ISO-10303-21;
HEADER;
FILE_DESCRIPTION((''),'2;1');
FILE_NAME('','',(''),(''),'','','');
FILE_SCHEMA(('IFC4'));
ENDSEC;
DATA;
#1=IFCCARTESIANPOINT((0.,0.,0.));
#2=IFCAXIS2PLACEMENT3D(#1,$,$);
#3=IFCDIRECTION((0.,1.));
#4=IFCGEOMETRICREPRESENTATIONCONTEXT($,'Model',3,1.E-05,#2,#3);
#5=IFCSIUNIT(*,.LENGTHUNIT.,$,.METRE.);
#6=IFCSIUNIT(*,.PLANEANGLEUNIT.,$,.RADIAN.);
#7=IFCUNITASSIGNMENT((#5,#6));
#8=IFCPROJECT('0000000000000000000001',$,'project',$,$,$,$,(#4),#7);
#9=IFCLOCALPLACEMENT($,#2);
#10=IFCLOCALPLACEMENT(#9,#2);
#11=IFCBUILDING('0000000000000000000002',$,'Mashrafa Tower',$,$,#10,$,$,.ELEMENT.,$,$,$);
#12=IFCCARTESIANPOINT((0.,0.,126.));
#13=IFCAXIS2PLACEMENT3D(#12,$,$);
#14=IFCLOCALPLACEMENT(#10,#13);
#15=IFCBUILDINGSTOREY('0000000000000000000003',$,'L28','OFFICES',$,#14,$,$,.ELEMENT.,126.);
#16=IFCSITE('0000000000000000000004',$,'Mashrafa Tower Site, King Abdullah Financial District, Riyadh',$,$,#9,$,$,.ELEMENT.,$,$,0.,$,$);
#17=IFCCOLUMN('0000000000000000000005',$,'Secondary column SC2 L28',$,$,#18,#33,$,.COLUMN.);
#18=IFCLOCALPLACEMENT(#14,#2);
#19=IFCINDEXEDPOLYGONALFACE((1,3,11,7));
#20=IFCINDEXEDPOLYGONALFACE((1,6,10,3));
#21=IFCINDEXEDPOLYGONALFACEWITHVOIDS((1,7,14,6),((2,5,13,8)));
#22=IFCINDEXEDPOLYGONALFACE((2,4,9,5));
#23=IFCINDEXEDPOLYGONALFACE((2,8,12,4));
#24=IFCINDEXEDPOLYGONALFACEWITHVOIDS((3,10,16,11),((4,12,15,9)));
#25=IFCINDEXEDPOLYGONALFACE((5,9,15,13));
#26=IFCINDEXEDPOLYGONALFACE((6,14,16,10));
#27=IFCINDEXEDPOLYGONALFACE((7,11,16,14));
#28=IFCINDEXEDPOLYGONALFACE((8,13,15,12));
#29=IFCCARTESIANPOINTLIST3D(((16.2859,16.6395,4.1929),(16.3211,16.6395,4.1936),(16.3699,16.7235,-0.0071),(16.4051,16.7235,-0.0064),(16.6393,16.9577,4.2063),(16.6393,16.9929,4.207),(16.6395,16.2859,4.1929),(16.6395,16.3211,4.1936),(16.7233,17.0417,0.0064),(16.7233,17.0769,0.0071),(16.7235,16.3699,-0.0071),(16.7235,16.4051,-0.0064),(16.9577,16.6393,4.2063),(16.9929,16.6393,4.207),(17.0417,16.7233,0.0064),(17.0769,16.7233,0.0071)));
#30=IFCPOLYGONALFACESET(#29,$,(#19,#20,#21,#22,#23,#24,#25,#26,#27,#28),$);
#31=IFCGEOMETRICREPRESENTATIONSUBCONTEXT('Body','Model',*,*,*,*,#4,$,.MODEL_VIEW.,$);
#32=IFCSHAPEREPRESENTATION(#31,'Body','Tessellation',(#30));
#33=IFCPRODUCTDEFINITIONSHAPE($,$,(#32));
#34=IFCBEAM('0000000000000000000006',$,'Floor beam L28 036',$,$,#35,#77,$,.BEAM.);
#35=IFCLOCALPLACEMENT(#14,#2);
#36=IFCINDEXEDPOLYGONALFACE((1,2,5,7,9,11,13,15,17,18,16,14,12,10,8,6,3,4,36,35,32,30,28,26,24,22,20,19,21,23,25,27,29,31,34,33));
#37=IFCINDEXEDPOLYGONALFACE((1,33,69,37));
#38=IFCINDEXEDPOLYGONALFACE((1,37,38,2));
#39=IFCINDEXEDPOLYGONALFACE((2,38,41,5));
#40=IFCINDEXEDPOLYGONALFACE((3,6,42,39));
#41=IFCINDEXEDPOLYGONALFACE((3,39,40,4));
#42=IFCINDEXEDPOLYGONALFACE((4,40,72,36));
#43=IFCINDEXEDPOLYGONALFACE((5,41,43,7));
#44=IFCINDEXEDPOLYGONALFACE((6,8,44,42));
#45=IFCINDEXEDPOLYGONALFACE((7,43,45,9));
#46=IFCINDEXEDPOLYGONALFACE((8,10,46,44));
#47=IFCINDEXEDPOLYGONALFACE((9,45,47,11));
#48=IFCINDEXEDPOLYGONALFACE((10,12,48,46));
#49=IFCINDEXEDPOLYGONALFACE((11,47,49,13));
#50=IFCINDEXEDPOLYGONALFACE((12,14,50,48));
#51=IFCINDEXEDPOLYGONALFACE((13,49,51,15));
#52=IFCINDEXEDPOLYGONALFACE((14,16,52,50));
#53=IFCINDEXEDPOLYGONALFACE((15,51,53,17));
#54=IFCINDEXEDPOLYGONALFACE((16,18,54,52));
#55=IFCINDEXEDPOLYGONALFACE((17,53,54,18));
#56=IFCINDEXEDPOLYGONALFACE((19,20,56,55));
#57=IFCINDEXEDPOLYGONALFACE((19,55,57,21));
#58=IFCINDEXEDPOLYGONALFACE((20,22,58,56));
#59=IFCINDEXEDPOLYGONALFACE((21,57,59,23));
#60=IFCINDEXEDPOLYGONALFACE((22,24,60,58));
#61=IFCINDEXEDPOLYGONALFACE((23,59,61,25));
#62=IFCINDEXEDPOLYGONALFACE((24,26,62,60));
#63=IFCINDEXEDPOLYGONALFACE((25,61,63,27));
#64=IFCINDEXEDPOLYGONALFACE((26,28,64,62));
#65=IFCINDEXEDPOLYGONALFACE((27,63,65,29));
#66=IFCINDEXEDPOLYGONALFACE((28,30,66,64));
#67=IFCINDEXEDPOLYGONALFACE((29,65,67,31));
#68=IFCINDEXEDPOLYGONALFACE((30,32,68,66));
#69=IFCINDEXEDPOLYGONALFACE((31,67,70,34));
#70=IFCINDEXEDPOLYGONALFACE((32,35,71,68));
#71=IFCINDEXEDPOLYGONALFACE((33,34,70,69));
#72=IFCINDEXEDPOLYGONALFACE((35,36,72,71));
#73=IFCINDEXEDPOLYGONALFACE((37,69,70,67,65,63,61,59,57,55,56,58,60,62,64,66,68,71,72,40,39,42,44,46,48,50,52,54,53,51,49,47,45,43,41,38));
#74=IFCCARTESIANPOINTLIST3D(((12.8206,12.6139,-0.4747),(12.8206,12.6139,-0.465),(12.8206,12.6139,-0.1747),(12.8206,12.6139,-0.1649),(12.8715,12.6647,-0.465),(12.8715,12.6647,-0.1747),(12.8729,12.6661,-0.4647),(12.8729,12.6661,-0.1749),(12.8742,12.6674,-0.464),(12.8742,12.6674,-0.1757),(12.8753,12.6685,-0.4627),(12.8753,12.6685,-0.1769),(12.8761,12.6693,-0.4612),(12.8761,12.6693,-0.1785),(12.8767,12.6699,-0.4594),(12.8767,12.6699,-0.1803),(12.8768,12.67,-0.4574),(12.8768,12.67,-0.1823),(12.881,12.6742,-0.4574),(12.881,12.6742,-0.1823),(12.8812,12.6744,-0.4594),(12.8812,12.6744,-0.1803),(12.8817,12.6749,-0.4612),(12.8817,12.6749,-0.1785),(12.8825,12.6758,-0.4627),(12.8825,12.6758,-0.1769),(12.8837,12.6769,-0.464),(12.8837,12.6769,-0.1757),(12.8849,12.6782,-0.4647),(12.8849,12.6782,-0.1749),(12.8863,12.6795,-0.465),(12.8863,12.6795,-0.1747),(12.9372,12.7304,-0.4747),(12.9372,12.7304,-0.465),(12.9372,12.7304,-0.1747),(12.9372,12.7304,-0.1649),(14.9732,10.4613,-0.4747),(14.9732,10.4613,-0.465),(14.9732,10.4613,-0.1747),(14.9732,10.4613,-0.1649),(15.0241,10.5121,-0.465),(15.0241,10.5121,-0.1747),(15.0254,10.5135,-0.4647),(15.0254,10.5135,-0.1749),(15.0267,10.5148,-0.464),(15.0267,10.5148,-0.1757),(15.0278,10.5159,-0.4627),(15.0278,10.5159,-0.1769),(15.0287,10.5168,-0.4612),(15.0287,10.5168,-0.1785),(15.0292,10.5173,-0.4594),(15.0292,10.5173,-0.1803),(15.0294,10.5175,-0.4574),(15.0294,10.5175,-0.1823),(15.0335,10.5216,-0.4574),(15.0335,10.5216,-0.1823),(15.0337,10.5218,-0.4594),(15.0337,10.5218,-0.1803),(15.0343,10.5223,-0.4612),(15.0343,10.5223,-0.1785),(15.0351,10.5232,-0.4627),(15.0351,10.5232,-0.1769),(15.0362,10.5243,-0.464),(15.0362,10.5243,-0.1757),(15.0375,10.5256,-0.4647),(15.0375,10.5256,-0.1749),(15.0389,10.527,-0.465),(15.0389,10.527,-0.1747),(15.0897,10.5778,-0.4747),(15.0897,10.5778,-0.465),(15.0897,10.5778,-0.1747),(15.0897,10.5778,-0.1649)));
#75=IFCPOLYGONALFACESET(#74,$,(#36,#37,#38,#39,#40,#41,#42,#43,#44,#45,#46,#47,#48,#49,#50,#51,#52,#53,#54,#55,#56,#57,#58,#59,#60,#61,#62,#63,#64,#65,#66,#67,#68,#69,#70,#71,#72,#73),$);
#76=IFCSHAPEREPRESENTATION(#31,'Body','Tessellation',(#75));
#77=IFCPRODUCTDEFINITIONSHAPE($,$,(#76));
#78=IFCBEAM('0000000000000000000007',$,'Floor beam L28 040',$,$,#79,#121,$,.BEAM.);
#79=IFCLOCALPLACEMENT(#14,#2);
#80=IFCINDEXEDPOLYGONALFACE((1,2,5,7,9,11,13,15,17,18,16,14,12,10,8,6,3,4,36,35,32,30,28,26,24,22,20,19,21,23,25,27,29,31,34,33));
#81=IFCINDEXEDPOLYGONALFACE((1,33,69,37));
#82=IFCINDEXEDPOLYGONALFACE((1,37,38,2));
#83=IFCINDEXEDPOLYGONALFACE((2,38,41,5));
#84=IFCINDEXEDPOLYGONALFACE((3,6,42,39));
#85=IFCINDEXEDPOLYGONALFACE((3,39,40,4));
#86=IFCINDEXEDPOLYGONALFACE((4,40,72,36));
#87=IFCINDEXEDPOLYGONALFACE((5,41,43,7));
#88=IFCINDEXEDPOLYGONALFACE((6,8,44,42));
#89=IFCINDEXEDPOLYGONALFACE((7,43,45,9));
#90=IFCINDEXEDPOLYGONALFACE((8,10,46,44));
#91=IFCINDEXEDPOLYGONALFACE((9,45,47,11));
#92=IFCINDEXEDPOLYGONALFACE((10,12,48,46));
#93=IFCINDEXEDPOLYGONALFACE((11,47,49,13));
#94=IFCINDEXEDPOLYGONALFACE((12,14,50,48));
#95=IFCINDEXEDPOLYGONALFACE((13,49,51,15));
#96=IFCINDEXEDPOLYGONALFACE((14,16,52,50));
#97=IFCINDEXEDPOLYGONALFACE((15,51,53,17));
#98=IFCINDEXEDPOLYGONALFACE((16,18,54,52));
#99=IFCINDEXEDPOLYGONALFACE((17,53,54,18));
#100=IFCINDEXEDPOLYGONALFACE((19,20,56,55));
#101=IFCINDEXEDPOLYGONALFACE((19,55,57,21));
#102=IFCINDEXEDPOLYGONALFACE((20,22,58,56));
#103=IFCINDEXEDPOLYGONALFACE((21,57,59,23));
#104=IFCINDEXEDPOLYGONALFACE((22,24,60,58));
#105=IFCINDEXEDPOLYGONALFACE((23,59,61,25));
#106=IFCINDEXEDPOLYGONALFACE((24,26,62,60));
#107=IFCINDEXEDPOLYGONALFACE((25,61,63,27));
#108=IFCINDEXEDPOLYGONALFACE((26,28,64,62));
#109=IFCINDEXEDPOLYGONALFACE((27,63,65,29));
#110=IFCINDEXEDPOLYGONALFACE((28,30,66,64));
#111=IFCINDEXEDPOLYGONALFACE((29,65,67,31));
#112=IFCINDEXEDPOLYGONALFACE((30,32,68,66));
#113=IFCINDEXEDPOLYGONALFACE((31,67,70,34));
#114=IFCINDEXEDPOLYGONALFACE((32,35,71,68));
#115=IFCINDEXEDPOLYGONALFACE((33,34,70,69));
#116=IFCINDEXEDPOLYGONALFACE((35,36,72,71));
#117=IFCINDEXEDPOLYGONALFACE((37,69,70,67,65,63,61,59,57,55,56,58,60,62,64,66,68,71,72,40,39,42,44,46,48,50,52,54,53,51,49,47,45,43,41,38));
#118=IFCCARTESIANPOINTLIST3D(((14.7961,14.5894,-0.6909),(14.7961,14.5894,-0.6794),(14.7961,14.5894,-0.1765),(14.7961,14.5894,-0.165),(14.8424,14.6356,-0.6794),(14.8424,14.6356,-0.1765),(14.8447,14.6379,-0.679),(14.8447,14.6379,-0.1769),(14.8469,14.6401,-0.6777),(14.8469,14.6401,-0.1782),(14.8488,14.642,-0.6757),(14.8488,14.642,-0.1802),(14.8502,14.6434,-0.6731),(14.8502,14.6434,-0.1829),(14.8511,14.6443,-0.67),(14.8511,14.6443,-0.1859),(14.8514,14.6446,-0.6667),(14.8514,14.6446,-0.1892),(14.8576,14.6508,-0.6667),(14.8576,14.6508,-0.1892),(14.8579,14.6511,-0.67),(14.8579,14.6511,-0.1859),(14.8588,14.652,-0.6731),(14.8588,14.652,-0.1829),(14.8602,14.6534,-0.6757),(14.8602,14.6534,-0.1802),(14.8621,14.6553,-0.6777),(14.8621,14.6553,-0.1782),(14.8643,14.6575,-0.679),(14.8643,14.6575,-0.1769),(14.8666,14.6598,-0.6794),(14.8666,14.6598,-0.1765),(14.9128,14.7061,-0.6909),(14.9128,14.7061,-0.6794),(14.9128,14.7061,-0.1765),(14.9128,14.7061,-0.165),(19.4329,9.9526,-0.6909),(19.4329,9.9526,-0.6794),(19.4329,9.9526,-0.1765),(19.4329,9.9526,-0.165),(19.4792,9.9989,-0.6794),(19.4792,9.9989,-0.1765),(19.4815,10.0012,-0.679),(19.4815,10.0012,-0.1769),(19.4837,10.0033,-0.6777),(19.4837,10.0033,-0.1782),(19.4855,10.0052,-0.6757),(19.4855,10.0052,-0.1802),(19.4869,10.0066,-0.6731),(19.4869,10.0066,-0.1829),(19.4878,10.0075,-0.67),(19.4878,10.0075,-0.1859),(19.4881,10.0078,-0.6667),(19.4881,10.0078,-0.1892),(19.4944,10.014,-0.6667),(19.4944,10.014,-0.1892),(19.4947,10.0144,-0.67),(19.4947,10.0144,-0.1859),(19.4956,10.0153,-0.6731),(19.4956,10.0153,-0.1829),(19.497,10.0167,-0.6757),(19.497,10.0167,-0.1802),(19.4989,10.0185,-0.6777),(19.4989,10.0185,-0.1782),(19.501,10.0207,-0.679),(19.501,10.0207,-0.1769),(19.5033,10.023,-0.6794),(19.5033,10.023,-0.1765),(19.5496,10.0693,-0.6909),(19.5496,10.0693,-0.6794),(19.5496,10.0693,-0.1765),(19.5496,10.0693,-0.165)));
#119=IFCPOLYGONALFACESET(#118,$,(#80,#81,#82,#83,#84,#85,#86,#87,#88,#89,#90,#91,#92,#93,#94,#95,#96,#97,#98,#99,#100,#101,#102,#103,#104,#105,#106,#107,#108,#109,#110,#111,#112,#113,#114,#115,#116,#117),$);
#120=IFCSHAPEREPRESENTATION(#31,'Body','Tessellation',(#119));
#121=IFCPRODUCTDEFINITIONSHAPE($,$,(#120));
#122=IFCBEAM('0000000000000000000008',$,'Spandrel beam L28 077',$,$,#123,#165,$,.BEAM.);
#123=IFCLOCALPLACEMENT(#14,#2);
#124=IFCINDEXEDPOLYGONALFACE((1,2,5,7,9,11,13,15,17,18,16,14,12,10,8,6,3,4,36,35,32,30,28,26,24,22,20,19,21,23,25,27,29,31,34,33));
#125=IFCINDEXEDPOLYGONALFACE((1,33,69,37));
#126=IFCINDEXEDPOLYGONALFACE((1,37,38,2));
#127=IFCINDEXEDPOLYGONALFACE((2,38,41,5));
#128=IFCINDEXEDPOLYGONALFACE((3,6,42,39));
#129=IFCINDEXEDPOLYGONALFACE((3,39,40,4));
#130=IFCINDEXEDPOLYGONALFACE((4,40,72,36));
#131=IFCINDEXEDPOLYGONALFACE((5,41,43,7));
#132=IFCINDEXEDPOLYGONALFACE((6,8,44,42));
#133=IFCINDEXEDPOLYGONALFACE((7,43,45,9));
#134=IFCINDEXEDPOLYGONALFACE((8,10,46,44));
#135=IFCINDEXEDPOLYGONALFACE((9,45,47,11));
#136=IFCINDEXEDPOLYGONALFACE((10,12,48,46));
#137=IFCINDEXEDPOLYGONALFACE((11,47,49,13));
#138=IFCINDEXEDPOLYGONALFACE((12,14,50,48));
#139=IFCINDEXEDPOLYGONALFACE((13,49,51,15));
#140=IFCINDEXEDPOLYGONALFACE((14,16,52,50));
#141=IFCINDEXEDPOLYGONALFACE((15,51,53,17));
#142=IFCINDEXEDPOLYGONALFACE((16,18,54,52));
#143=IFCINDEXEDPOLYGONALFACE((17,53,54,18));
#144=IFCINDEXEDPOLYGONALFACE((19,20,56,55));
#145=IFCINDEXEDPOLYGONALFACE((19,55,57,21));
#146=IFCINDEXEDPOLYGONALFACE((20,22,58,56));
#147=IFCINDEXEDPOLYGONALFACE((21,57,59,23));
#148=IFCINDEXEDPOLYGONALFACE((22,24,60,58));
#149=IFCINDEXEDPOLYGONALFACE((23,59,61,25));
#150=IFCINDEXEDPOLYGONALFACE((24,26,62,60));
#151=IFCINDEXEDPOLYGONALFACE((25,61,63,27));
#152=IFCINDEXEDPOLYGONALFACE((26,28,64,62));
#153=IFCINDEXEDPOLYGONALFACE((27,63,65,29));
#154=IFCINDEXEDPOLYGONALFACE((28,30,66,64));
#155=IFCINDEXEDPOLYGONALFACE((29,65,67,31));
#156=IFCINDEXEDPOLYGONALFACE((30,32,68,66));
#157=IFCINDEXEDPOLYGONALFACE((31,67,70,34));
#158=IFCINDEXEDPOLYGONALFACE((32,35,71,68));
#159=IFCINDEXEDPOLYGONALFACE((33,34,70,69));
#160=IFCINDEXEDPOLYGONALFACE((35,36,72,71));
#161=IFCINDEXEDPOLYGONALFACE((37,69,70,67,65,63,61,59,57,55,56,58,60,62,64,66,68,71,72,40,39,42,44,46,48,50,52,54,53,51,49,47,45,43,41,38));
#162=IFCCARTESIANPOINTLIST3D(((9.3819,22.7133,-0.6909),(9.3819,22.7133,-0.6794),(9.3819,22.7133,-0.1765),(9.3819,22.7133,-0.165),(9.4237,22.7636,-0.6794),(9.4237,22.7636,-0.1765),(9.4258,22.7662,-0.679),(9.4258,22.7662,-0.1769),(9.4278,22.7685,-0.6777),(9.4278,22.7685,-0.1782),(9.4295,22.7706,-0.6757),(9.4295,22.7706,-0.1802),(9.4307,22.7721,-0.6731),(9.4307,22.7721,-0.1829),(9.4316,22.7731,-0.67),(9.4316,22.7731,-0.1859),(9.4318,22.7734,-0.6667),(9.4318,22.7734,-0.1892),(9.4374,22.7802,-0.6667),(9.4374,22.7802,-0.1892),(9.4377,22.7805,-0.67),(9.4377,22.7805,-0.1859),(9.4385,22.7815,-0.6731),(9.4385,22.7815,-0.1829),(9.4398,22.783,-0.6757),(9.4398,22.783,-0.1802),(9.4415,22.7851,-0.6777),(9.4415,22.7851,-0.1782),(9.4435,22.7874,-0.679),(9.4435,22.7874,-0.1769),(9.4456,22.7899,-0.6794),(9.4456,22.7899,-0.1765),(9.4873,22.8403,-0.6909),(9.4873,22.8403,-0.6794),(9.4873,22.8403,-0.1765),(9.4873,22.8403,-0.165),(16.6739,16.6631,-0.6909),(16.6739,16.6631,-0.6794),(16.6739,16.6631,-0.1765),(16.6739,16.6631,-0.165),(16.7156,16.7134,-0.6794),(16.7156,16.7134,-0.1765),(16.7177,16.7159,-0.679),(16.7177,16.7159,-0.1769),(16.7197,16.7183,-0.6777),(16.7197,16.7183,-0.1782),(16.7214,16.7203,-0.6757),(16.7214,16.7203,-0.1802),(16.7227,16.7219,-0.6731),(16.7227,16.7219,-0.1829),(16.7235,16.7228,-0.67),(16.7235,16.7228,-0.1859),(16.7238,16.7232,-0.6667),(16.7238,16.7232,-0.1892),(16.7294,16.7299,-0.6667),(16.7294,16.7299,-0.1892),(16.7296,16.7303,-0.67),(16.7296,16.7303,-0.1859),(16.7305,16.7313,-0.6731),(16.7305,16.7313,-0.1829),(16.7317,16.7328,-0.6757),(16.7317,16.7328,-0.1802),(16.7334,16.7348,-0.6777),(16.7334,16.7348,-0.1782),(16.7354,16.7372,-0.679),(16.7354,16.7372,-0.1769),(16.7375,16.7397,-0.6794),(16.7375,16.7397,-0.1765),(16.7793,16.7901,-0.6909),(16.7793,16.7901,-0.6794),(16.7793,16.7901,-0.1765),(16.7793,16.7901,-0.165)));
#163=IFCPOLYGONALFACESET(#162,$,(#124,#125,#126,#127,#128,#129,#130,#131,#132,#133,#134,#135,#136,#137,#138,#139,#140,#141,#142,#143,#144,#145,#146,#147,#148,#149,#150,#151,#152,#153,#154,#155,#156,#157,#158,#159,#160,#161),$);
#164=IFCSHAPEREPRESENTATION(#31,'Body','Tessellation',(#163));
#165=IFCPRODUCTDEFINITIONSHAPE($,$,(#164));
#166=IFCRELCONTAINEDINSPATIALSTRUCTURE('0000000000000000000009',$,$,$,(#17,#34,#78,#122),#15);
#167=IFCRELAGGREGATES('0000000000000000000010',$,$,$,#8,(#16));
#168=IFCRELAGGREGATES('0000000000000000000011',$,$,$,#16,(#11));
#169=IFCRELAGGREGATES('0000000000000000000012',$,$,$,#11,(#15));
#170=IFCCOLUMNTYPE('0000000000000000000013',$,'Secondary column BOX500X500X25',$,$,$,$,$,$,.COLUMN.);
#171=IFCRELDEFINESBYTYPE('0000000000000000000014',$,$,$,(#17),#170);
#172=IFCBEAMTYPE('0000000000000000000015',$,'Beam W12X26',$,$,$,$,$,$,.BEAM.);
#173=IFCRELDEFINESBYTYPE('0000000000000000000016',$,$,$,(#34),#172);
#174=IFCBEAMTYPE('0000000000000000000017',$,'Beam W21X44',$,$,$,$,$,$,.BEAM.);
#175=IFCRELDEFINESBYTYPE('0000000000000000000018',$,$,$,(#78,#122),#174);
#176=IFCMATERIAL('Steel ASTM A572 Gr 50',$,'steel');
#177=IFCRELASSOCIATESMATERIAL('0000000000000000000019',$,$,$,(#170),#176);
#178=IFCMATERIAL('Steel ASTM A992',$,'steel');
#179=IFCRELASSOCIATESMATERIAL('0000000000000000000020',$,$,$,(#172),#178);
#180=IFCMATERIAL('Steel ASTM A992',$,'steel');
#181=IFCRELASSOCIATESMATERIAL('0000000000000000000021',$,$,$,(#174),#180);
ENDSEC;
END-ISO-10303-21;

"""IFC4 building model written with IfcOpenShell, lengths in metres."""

from ifc_helpers import new_model, si_unit, direction, frame, origin, origin_2d, place, context, subcontext, project, spatial, hollow_rectangle, i_section, extrude, material, material_profile, profile_set, type_object, element, save


model = new_model("IFC4")

# Units and contexts
model_context = context("Model", 3, precision=1e-05, world=origin(), true_north=direction((0.0, 1.0)))
body_context = subcontext(model_context, "Body", "Model", "MODEL_VIEW")
ifc_project = project(units=[si_unit("LENGTHUNIT", "METRE"), si_unit("PLANEANGLEUNIT", "RADIAN")], contexts=[model_context])

# Site, building, storey
site_placement = place(None, origin())
site = spatial("IfcSite", under=ifc_project, at=site_placement, Name="Mashrafa Tower Site, King Abdullah Financial District, Riyadh", CompositionType="ELEMENT", RefElevation=0.0)
building_placement = place(site_placement, origin())
building = spatial("IfcBuilding", under=site, at=building_placement, Name="Mashrafa Tower", CompositionType="ELEMENT")
storey_placement = place(building_placement, frame((0.0, 0.0, 126.0)))
storey = spatial("IfcBuildingStorey", under=building, at=storey_placement, Name="L28", Description="OFFICES", CompositionType="ELEMENT", Elevation=126.0)

# Column
ifc_material_1 = material(Name="Steel ASTM A572 Gr 50", Category="steel")
ifc_material_profile_1 = material_profile(ifc_material_1, hollow_rectangle(XDim=0.5, YDim=0.5, WallThickness=0.0249, at=origin_2d()), Name="BOX500X500X25")
ifc_profile_set_1 = profile_set([ifc_material_profile_1], Name="Steel ASTM A572 Gr 50")
column_type = type_object("IfcColumnType", Name="Secondary column BOX500X500X25", PredefinedType="COLUMN", material=ifc_profile_set_1)
column_placement = place(storey_placement, frame((16.7234, 16.7234, 0.0), z_axis=(-0.019989, -0.019989, 0.9996), x_axis=(0.707107, -0.707107, 0.0)))
element("IfcColumn", 1, at=column_placement, inside=storey, type_object=column_type, Name="Secondary column SC2 L28", PredefinedType="COLUMN", context=body_context, shape_type="SweptSolid", body=[
    extrude(hollow_rectangle(XDim=0.5, YDim=0.5, WallThickness=0.0249, at=origin_2d()), origin(), (0.0, 0.0, 1.0), 4.2017),
])

# Beams
ifc_material_2 = material(Name="Steel ASTM A992", Category="steel")
ifc_material_profile_2 = material_profile(ifc_material_2, i_section(OverallWidth=0.1648, OverallDepth=0.3098, WebThickness=0.0059, FlangeThickness=0.0098, FilletRadius=0.0076, at=origin_2d()), Name="W12X26")
ifc_profile_set_2 = profile_set([ifc_material_profile_2], Name="Steel ASTM A992")
beam_type_1 = type_object("IfcBeamType", Name="Beam W12X26", PredefinedType="BEAM", material=ifc_profile_set_2)
beam_1_placement = place(storey_placement, frame((12.8789, 12.6721, -0.3198), z_axis=(0.707107, -0.707107, 0.0), x_axis=(0.707107, 0.707107, 0.0)))
element("IfcBeam", 2, at=beam_1_placement, inside=storey, type_object=beam_type_1, Name="Floor beam L28 036", PredefinedType="BEAM", context=body_context, shape_type="SweptSolid", body=[
    extrude(i_section(OverallWidth=0.1648, OverallDepth=0.3098, WebThickness=0.0059, FlangeThickness=0.0098, FilletRadius=0.0076, at=origin_2d()), origin(), (0.0, 0.0, 1.0), 3.0442),
])
ifc_material_3 = material(Name="Steel ASTM A992", Category="steel")
ifc_material_profile_3 = material_profile(ifc_material_3, i_section(OverallWidth=0.165, OverallDepth=0.5259, WebThickness=0.0088, FlangeThickness=0.0115, FilletRadius=0.0127, at=origin_2d()), Name="W21X44")
ifc_profile_set_3 = profile_set([ifc_material_profile_3], Name="Steel ASTM A992")
beam_type_2 = type_object("IfcBeamType", Name="Beam W21X44", PredefinedType="BEAM", material=ifc_profile_set_3)
beam_2_placement = place(storey_placement, frame((14.8545, 14.6477, -0.428), z_axis=(0.707107, -0.707107, 0.0), x_axis=(0.707107, 0.707107, 0.0)))
element("IfcBeam", 3, at=beam_2_placement, inside=storey, type_object=beam_type_2, Name="Floor beam L28 040", PredefinedType="BEAM", context=body_context, shape_type="SweptSolid", body=[
    extrude(i_section(OverallWidth=0.165, OverallDepth=0.5259, WebThickness=0.0088, FlangeThickness=0.0115, FilletRadius=0.0127, at=origin_2d()), origin(), (0.0, 0.0, 1.0), 6.5574),
])
beam_3_placement = place(storey_placement, frame((16.7266, 16.7266, -0.428), z_axis=(-0.769588, 0.638541, 0.0), x_axis=(-0.638541, -0.769588, 0.0)))
element("IfcBeam", 4, at=beam_3_placement, inside=storey, type_object=beam_type_2, Name="Spandrel beam L28 077", PredefinedType="BEAM", context=body_context, shape_type="SweptSolid", body=[
    extrude(i_section(OverallWidth=0.165, OverallDepth=0.5259, WebThickness=0.0088, FlangeThickness=0.0115, FilletRadius=0.0127, at=origin_2d()), origin(), (0.0, 0.0, 1.0), 9.4751),
])

save(model, "model.ifc")
